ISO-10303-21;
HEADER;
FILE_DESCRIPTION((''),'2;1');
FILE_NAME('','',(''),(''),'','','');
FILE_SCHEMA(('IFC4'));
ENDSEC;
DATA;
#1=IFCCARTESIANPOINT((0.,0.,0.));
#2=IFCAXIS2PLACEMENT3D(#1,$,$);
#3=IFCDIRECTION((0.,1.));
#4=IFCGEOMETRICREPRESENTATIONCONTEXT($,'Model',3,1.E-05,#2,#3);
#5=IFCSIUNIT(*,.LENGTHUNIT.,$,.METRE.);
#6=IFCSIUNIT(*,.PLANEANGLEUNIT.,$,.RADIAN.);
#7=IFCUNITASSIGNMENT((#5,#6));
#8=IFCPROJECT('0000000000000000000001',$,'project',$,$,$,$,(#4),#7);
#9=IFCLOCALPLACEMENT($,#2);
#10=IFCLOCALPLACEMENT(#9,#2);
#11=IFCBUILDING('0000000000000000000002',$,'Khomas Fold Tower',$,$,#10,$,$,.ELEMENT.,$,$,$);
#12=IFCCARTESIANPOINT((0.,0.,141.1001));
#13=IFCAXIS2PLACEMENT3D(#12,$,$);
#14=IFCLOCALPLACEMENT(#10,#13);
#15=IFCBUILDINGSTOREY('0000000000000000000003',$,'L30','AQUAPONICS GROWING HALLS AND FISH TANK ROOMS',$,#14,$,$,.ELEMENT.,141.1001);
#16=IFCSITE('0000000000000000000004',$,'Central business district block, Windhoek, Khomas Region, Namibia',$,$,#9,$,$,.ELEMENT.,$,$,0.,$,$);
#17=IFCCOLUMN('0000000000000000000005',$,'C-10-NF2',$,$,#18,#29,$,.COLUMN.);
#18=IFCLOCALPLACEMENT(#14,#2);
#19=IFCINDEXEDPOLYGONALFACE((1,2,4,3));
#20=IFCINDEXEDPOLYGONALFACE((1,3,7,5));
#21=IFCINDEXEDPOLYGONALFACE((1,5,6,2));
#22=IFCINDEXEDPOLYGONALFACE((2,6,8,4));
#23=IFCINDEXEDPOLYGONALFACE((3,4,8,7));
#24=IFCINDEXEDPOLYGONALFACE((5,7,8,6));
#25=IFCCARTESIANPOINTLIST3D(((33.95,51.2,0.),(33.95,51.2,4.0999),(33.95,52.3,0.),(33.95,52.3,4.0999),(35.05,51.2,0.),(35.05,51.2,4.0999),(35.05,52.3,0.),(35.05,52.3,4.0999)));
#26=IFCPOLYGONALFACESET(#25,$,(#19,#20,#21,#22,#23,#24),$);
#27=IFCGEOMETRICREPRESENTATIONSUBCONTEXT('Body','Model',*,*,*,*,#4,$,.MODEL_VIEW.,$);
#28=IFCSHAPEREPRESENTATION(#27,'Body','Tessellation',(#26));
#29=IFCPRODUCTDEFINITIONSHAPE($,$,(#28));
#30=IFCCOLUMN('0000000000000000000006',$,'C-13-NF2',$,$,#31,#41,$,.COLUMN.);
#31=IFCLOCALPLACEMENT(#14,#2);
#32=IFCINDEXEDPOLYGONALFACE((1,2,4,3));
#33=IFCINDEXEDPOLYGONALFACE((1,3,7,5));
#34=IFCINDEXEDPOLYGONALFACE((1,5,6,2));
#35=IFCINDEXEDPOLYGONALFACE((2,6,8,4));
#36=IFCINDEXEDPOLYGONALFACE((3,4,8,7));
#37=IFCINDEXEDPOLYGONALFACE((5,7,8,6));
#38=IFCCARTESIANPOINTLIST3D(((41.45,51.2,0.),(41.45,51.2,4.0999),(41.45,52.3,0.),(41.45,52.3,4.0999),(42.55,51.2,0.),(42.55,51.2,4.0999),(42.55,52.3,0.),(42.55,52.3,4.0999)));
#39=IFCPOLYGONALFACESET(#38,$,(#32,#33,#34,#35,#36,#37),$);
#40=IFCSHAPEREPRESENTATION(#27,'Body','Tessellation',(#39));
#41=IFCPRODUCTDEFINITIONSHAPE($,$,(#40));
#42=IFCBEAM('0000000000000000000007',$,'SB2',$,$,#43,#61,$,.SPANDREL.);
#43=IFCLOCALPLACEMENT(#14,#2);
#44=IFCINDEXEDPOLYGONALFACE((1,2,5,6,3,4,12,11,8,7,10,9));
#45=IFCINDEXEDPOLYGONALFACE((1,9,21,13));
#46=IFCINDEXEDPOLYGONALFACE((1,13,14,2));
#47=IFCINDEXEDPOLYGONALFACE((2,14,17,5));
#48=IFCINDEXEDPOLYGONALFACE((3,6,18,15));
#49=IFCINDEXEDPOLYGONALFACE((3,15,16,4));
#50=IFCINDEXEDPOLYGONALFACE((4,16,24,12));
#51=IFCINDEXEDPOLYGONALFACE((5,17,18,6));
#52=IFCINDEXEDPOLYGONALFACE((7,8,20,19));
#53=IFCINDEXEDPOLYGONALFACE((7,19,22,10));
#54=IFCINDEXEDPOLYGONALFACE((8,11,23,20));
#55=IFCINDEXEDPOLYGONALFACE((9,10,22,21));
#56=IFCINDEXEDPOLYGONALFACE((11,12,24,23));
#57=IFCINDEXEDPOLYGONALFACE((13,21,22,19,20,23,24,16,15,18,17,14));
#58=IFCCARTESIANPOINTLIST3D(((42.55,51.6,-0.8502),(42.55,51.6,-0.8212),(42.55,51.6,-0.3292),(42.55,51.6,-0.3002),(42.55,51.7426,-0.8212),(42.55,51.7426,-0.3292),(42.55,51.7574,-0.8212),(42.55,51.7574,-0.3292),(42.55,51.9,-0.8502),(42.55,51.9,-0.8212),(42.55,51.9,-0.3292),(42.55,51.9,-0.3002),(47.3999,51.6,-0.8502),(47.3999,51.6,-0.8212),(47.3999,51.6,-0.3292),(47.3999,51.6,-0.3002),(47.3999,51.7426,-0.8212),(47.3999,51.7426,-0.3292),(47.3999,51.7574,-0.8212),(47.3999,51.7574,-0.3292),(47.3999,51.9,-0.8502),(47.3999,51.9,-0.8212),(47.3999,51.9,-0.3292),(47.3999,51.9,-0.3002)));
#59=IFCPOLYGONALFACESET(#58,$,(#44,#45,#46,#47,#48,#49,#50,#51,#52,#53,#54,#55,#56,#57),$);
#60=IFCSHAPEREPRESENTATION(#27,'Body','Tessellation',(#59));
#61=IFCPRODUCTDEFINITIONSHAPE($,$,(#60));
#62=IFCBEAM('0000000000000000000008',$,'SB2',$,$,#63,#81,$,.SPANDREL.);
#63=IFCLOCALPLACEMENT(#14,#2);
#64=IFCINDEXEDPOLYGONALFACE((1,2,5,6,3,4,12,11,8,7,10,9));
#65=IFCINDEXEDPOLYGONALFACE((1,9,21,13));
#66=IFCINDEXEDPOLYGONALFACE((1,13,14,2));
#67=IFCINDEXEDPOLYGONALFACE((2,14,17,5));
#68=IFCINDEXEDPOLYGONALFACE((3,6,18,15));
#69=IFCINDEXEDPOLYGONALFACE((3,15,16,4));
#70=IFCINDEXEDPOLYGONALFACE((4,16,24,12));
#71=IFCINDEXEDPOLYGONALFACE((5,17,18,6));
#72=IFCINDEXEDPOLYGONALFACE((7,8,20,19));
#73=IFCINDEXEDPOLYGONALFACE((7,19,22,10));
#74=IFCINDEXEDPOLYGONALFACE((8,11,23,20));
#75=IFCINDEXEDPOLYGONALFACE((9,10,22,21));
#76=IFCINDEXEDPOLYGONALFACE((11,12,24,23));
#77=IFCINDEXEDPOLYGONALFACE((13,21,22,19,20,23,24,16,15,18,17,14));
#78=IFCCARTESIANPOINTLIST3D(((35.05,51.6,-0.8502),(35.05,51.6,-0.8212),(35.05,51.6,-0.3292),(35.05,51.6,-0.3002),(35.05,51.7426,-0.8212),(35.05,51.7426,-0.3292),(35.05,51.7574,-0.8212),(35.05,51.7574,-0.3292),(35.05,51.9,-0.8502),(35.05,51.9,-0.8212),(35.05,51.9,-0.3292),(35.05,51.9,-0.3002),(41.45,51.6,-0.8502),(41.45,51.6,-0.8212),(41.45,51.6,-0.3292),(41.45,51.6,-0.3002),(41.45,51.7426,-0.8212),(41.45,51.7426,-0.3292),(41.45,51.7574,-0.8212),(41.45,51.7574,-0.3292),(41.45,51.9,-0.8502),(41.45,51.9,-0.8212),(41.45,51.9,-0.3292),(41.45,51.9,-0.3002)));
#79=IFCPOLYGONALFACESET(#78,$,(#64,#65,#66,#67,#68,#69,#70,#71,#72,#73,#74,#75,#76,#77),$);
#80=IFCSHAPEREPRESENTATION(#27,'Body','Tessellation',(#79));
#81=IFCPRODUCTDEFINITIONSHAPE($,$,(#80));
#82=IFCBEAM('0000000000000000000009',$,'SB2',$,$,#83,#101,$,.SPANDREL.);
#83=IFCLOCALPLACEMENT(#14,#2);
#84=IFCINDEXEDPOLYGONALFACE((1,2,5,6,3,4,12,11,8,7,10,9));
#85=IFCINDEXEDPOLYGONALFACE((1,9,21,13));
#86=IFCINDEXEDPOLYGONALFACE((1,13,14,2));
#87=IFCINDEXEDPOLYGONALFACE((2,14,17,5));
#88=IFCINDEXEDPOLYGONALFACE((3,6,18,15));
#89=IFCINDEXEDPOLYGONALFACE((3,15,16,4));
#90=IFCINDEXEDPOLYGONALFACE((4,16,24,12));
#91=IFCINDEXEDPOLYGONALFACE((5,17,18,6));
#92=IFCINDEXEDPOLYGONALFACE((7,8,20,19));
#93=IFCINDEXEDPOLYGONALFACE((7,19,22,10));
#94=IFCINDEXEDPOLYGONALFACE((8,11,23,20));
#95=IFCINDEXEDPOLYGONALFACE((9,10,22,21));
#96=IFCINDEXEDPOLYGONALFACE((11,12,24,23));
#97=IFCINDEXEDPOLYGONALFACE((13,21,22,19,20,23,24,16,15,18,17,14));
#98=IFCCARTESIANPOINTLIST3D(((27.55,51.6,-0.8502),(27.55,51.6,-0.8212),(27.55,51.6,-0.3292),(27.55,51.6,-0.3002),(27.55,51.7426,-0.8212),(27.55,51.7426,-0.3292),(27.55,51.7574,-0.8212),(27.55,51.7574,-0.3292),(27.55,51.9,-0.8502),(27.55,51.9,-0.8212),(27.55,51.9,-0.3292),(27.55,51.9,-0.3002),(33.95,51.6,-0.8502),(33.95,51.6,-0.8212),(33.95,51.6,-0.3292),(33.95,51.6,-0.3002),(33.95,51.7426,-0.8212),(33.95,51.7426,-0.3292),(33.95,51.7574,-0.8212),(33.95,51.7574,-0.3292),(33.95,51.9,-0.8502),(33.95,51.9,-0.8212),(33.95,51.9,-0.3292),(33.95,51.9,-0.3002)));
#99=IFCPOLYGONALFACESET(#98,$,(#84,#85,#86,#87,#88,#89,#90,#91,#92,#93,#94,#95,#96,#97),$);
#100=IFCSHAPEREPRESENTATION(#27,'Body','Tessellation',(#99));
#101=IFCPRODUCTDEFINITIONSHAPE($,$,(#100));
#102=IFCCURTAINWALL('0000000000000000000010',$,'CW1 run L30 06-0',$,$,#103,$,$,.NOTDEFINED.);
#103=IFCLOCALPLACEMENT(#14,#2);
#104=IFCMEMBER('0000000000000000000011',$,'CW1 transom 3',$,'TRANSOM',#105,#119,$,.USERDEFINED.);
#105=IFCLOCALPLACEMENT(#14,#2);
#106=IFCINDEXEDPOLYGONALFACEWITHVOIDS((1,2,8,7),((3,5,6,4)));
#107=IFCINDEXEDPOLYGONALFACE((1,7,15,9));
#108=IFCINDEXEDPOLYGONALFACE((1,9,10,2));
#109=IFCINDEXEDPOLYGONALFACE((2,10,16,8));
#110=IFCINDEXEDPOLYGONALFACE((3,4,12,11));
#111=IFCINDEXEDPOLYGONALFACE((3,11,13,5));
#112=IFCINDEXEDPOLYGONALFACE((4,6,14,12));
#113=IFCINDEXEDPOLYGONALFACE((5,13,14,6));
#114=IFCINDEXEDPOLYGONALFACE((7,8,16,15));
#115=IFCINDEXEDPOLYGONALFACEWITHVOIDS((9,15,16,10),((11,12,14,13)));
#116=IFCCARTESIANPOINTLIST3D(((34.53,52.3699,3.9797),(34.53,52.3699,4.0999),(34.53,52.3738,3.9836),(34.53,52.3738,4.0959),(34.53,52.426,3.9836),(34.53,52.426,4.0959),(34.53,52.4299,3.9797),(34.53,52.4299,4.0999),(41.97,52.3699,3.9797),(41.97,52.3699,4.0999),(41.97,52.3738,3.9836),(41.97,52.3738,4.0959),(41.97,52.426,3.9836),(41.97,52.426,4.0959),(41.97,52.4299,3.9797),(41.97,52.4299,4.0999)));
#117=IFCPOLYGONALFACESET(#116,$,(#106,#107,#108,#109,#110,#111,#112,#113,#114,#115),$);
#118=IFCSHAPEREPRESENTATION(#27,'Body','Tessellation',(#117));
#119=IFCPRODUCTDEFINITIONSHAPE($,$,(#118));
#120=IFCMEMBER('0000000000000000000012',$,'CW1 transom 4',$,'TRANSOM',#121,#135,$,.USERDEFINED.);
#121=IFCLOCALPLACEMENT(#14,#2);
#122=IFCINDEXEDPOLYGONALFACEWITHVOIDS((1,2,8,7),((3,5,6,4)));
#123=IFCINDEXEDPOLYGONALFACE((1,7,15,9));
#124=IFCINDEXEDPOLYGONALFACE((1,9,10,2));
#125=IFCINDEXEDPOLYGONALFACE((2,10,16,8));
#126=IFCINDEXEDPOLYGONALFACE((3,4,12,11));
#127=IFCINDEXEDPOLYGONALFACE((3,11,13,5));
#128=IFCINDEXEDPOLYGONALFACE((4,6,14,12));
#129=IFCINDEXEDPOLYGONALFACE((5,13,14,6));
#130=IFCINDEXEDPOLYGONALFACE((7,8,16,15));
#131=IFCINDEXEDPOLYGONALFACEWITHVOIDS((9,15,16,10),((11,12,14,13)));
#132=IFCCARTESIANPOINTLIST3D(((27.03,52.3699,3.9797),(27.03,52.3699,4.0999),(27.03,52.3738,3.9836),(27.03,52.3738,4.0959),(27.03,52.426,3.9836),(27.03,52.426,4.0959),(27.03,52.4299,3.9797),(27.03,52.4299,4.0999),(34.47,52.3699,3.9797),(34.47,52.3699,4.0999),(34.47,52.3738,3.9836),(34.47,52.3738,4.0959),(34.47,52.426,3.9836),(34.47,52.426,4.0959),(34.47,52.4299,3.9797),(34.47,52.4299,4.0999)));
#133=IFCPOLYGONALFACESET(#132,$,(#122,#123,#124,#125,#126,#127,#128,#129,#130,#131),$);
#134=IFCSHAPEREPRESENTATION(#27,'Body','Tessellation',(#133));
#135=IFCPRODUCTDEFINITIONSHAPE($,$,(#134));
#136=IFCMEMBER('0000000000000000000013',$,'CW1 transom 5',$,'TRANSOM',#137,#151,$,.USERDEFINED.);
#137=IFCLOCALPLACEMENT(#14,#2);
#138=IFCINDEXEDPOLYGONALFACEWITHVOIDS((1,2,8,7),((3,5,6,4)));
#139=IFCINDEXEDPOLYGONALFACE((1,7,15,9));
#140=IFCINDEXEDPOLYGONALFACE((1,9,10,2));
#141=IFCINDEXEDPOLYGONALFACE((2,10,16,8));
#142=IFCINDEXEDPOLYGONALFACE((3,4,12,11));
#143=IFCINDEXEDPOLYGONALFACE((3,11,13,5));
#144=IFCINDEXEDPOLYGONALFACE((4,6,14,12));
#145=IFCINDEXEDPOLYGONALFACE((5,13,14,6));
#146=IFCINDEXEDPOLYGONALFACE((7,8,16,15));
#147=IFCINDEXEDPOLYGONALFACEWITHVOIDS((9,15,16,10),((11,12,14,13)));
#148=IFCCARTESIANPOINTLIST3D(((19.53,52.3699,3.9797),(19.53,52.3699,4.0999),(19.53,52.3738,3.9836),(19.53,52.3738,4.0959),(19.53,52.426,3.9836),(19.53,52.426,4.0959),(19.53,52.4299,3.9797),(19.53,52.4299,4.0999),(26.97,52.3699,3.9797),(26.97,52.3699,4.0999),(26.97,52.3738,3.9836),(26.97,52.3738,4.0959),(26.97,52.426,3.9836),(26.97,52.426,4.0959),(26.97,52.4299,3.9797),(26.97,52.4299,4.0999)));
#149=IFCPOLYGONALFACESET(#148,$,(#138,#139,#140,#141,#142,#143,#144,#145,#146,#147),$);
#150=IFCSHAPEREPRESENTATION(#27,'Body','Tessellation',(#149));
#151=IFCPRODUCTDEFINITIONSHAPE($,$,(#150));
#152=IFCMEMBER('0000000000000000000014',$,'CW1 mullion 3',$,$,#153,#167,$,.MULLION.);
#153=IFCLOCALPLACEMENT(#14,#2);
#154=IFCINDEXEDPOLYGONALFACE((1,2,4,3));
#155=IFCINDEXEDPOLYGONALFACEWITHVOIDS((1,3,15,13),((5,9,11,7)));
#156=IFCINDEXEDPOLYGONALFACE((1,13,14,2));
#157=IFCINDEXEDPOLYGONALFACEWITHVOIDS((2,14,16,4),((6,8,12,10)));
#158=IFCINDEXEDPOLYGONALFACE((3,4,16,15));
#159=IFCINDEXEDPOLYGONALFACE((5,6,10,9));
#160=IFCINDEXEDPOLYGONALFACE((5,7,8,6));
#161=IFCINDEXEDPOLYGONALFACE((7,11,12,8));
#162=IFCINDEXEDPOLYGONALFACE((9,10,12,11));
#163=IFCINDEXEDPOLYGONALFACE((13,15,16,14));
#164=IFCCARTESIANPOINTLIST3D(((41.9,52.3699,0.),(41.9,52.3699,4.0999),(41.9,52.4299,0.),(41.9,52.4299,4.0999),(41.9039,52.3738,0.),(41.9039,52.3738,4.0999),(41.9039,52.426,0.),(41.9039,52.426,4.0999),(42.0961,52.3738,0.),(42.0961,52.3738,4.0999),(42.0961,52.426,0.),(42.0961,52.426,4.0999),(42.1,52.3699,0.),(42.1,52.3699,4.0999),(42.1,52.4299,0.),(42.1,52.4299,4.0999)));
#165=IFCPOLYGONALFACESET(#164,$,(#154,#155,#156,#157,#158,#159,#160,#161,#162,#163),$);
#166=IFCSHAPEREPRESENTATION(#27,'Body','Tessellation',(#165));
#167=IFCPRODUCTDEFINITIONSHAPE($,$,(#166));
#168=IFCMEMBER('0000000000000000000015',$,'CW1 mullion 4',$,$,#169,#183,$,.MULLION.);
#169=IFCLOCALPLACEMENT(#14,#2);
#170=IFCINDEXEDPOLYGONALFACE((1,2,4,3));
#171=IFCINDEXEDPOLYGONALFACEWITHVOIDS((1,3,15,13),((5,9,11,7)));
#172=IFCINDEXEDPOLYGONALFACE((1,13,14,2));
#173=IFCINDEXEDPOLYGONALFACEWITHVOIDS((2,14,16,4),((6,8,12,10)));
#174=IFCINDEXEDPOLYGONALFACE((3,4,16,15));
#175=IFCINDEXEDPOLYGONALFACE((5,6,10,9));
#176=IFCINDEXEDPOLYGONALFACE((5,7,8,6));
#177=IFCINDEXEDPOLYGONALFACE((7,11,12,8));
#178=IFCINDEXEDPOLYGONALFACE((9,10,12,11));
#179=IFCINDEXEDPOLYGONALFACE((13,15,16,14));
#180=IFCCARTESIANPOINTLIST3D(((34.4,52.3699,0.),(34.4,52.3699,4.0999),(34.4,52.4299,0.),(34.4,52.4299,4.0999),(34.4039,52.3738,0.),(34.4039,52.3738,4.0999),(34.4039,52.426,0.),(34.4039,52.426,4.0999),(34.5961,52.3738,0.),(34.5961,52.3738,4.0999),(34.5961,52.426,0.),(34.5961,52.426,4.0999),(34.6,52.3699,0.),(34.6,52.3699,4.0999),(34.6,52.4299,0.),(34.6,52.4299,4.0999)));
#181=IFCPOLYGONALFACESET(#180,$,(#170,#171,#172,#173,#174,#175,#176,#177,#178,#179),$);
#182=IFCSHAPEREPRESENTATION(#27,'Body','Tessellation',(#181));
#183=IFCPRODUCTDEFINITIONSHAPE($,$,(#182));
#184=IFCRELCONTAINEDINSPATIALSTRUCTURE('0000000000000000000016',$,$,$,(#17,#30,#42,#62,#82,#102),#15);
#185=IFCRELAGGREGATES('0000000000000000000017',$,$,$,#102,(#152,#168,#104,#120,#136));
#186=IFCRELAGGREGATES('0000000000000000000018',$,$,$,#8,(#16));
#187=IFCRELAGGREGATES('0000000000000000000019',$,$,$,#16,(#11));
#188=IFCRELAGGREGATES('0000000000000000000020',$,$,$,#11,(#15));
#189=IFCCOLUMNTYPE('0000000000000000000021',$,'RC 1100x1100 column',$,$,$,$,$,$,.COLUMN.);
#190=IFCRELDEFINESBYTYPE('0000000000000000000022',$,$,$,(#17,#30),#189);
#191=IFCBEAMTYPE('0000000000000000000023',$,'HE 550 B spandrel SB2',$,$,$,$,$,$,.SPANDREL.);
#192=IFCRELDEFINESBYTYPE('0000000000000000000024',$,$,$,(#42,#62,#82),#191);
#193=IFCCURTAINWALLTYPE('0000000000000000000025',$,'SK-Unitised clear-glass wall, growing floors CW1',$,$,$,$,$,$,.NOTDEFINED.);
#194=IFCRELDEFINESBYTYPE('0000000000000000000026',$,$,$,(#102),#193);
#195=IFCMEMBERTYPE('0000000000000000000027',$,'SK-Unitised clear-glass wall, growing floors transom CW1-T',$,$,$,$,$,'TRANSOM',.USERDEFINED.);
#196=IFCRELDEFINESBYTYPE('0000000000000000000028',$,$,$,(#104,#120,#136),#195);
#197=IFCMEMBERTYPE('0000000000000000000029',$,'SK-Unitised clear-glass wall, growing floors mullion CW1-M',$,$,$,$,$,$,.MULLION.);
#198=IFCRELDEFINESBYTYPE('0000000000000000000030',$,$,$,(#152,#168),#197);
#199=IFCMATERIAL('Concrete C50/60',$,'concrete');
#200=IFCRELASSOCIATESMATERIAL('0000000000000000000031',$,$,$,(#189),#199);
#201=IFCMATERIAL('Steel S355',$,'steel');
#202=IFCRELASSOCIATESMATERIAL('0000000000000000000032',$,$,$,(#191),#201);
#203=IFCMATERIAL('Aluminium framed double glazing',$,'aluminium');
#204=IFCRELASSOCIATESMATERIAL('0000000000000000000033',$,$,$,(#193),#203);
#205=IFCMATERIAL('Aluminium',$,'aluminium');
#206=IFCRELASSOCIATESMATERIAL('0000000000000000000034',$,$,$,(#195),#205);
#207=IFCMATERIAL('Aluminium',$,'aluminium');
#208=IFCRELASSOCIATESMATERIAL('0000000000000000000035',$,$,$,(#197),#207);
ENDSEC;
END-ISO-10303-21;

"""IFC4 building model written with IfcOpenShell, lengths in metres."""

from ifc_helpers import new_model, si_unit, direction, frame, origin, origin_2d, place, context, subcontext, project, spatial, rectangle, hollow_rectangle, i_section, extrude, source, transform, mapped, material, material_profile, profile_set, type_object, element, aggregate, save


model = new_model("IFC4")

# Units and contexts
model_context = context("Model", 3, precision=1e-05, world=origin(), true_north=direction((0.0, 1.0)))
body_context = subcontext(model_context, "Body", "Model", "MODEL_VIEW")
ifc_project = project(units=[si_unit("LENGTHUNIT", "METRE"), si_unit("PLANEANGLEUNIT", "RADIAN")], contexts=[model_context])

# Site, building, storey
site_placement = place(None, origin())
site = spatial("IfcSite", under=ifc_project, at=site_placement, Name="Central business district block, Windhoek, Khomas Region, Namibia", CompositionType="ELEMENT", RefElevation=0.0)
building_placement = place(site_placement, origin())
building = spatial("IfcBuilding", under=site, at=building_placement, Name="Khomas Fold Tower", CompositionType="ELEMENT")
storey_placement = place(building_placement, frame((0.0, 0.0, 141.1001)))
storey = spatial("IfcBuildingStorey", under=building, at=storey_placement, Name="L30", Description="AQUAPONICS GROWING HALLS AND FISH TANK ROOMS", CompositionType="ELEMENT", Elevation=141.1001)

# Columns
ifc_material_1 = material(Name="Concrete C50/60", Category="concrete")
ifc_material_profile_1 = material_profile(ifc_material_1, rectangle(XDim=1.1001, YDim=1.1001, at=origin_2d()), Name="RC 1100x1100")
ifc_profile_set_1 = profile_set([ifc_material_profile_1], Name="Concrete C50/60")
column_type = type_object("IfcColumnType", Name="RC 1100x1100 column", PredefinedType="COLUMN", material=ifc_profile_set_1)
shared_shape_1 = source(origin(), body_context, "Body", "SweptSolid", [
    extrude(rectangle(XDim=1.1001, YDim=1.1001, at=origin_2d()), origin(), (0.0, 0.0, 1.0), 4.0999),
])
for number, where, z_axis, x_axis, name in (
    (1, (34.5, 51.75, 0.0), (0.0, 0.0, 1.0), (1.0, 0.0, 0.0), "C-10-NF2"),
    (2, (42.0, 51.75, 0.0), (0.0, 0.0, 1.0), (1.0, 0.0, 0.0), "C-13-NF2"),
):
    element("IfcColumn", number, at=place(storey_placement, frame(where, z_axis=z_axis, x_axis=x_axis)), inside=storey, type_object=column_type, Name=name, PredefinedType="COLUMN", context=body_context, shape_type="MappedRepresentation", body=[
        mapped(shared_shape_1, transform((0.0, 0.0, 0.0))),
    ])

# Beams
ifc_material_2 = material(Name="Steel S355", Category="steel")
ifc_material_profile_2 = material_profile(ifc_material_2, i_section(OverallWidth=0.3, OverallDepth=0.55, WebThickness=0.0149, FlangeThickness=0.0291, at=origin_2d()), Name="HE 550 B")
ifc_profile_set_2 = profile_set([ifc_material_profile_2], Name="Steel S355")
beam_type = type_object("IfcBeamType", Name="HE 550 B spandrel SB2", PredefinedType="SPANDREL", material=ifc_profile_set_2)
shared_shape_2 = source(origin(), body_context, "Body", "SweptSolid", [
    extrude(i_section(OverallWidth=0.3, OverallDepth=0.55, WebThickness=0.0149, FlangeThickness=0.0291, at=origin_2d()), origin(), (0.0, 0.0, 1.0), 4.8499),
])
beam_placement = place(storey_placement, frame((42.55, 51.75, -0.5752), z_axis=(1.0, 0.0, 0.0), x_axis=(0.0, 1.0, 0.0)))
element("IfcBeam", 3, at=beam_placement, inside=storey, type_object=beam_type, Name="SB2", PredefinedType="SPANDREL", context=body_context, shape_type="MappedRepresentation", body=[
    mapped(shared_shape_2, transform((0.0, 0.0, 0.0))),
])
shared_shape_3 = source(origin(), body_context, "Body", "SweptSolid", [
    extrude(i_section(OverallWidth=0.3, OverallDepth=0.55, WebThickness=0.0149, FlangeThickness=0.0291, at=origin_2d()), origin(), (0.0, 0.0, 1.0), 6.3999),
])
for number, where, z_axis, x_axis, name in (
    (4, (35.05, 51.75, -0.5752), (1.0, 0.0, 0.0), (0.0, 1.0, 0.0), "SB2"),
    (5, (27.55, 51.75, -0.5752), (1.0, 0.0, 0.0), (0.0, 1.0, 0.0), "SB2"),
):
    element("IfcBeam", number, at=place(storey_placement, frame(where, z_axis=z_axis, x_axis=x_axis)), inside=storey, type_object=beam_type, Name=name, PredefinedType="SPANDREL", context=body_context, shape_type="MappedRepresentation", body=[
        mapped(shared_shape_3, transform((0.0, 0.0, 0.0))),
    ])

# Curtain wall, members
ifc_material_3 = material(Name="Aluminium framed double glazing", Category="aluminium")
curtain_wall_type = type_object("IfcCurtainWallType", Name="SK-Unitised clear-glass wall, growing floors CW1", PredefinedType="NOTDEFINED", material=ifc_material_3)
curtain_wall_placement = place(storey_placement, origin())
curtain_wall = element("IfcCurtainWall", 6, at=curtain_wall_placement, inside=storey, type_object=curtain_wall_type, Name="CW1 run L30 06-0", PredefinedType="NOTDEFINED")
ifc_material_4 = material(Name="Aluminium", Category="aluminium")
ifc_material_profile_3 = material_profile(ifc_material_4, hollow_rectangle(XDim=0.0601, YDim=0.1201, WallThickness=0.0039, at=origin_2d()), Name="SK-Unitised clear-glass wall, growing floors transom CW1-T")
ifc_profile_set_3 = profile_set([ifc_material_profile_3], Name="Aluminium")
member_type_1 = type_object("IfcMemberType", Name="SK-Unitised clear-glass wall, growing floors transom CW1-T", ElementType="TRANSOM", PredefinedType="USERDEFINED", material=ifc_profile_set_3)
shared_shape_4 = source(origin(), body_context, "Body", "SweptSolid", [
    extrude(hollow_rectangle(XDim=0.0601, YDim=0.1201, WallThickness=0.0039, at=origin_2d()), origin(), (0.0, 0.0, 1.0), 7.4399),
])
member_1_placement = place(storey_placement, frame((41.97, 52.3999, 4.0398), z_axis=(-1.0, 0.0, 0.0), x_axis=(0.0, -1.0, 0.0)))
member_1 = element("IfcMember", 7, at=member_1_placement, type_object=member_type_1, Name="CW1 transom 3", ObjectType="TRANSOM", PredefinedType="USERDEFINED", context=body_context, shape_type="MappedRepresentation", body=[
    mapped(shared_shape_4, transform((0.0, 0.0, 0.0))),
])
member_2_placement = place(storey_placement, frame((34.47, 52.3999, 4.0398), z_axis=(-1.0, 0.0, 0.0), x_axis=(0.0, -1.0, 0.0)))
member_2 = element("IfcMember", 8, at=member_2_placement, type_object=member_type_1, Name="CW1 transom 4", ObjectType="TRANSOM", PredefinedType="USERDEFINED", context=body_context, shape_type="MappedRepresentation", body=[
    mapped(shared_shape_4, transform((0.0, 0.0, 0.0))),
])
member_3_placement = place(storey_placement, frame((26.97, 52.3999, 4.0398), z_axis=(-1.0, 0.0, 0.0), x_axis=(0.0, -1.0, 0.0)))
member_3 = element("IfcMember", 9, at=member_3_placement, type_object=member_type_1, Name="CW1 transom 5", ObjectType="TRANSOM", PredefinedType="USERDEFINED", context=body_context, shape_type="MappedRepresentation", body=[
    mapped(shared_shape_4, transform((0.0, 0.0, 0.0))),
])
ifc_material_5 = material(Name="Aluminium", Category="aluminium")
ifc_material_profile_4 = material_profile(ifc_material_5, hollow_rectangle(XDim=0.0601, YDim=0.2, WallThickness=0.0039, at=origin_2d()), Name="SK-Unitised clear-glass wall, growing floors mullion CW1-M")
ifc_profile_set_4 = profile_set([ifc_material_profile_4], Name="Aluminium")
member_type_2 = type_object("IfcMemberType", Name="SK-Unitised clear-glass wall, growing floors mullion CW1-M", PredefinedType="MULLION", material=ifc_profile_set_4)
shared_shape_5 = source(origin(), body_context, "Body", "SweptSolid", [
    extrude(hollow_rectangle(XDim=0.0601, YDim=0.2, WallThickness=0.0039, at=origin_2d()), origin(), (0.0, 0.0, 1.0), 4.0999),
])
member_4_placement = place(storey_placement, frame((42.0, 52.3999, 0.0), z_axis=(0.0, 0.0, 1.0), x_axis=(0.0, -1.0, 0.0)))
member_4 = element("IfcMember", 10, at=member_4_placement, type_object=member_type_2, Name="CW1 mullion 3", PredefinedType="MULLION", context=body_context, shape_type="MappedRepresentation", body=[
    mapped(shared_shape_5, transform((0.0, 0.0, 0.0))),
])
member_5_placement = place(storey_placement, frame((34.5, 52.3999, 0.0), z_axis=(0.0, 0.0, 1.0), x_axis=(0.0, -1.0, 0.0)))
member_5 = element("IfcMember", 11, at=member_5_placement, type_object=member_type_2, Name="CW1 mullion 4", PredefinedType="MULLION", context=body_context, shape_type="MappedRepresentation", body=[
    mapped(shared_shape_5, transform((0.0, 0.0, 0.0))),
])

aggregate(curtain_wall, [member_4, member_5, member_1, member_2, member_3])

save(model, "model.ifc")
